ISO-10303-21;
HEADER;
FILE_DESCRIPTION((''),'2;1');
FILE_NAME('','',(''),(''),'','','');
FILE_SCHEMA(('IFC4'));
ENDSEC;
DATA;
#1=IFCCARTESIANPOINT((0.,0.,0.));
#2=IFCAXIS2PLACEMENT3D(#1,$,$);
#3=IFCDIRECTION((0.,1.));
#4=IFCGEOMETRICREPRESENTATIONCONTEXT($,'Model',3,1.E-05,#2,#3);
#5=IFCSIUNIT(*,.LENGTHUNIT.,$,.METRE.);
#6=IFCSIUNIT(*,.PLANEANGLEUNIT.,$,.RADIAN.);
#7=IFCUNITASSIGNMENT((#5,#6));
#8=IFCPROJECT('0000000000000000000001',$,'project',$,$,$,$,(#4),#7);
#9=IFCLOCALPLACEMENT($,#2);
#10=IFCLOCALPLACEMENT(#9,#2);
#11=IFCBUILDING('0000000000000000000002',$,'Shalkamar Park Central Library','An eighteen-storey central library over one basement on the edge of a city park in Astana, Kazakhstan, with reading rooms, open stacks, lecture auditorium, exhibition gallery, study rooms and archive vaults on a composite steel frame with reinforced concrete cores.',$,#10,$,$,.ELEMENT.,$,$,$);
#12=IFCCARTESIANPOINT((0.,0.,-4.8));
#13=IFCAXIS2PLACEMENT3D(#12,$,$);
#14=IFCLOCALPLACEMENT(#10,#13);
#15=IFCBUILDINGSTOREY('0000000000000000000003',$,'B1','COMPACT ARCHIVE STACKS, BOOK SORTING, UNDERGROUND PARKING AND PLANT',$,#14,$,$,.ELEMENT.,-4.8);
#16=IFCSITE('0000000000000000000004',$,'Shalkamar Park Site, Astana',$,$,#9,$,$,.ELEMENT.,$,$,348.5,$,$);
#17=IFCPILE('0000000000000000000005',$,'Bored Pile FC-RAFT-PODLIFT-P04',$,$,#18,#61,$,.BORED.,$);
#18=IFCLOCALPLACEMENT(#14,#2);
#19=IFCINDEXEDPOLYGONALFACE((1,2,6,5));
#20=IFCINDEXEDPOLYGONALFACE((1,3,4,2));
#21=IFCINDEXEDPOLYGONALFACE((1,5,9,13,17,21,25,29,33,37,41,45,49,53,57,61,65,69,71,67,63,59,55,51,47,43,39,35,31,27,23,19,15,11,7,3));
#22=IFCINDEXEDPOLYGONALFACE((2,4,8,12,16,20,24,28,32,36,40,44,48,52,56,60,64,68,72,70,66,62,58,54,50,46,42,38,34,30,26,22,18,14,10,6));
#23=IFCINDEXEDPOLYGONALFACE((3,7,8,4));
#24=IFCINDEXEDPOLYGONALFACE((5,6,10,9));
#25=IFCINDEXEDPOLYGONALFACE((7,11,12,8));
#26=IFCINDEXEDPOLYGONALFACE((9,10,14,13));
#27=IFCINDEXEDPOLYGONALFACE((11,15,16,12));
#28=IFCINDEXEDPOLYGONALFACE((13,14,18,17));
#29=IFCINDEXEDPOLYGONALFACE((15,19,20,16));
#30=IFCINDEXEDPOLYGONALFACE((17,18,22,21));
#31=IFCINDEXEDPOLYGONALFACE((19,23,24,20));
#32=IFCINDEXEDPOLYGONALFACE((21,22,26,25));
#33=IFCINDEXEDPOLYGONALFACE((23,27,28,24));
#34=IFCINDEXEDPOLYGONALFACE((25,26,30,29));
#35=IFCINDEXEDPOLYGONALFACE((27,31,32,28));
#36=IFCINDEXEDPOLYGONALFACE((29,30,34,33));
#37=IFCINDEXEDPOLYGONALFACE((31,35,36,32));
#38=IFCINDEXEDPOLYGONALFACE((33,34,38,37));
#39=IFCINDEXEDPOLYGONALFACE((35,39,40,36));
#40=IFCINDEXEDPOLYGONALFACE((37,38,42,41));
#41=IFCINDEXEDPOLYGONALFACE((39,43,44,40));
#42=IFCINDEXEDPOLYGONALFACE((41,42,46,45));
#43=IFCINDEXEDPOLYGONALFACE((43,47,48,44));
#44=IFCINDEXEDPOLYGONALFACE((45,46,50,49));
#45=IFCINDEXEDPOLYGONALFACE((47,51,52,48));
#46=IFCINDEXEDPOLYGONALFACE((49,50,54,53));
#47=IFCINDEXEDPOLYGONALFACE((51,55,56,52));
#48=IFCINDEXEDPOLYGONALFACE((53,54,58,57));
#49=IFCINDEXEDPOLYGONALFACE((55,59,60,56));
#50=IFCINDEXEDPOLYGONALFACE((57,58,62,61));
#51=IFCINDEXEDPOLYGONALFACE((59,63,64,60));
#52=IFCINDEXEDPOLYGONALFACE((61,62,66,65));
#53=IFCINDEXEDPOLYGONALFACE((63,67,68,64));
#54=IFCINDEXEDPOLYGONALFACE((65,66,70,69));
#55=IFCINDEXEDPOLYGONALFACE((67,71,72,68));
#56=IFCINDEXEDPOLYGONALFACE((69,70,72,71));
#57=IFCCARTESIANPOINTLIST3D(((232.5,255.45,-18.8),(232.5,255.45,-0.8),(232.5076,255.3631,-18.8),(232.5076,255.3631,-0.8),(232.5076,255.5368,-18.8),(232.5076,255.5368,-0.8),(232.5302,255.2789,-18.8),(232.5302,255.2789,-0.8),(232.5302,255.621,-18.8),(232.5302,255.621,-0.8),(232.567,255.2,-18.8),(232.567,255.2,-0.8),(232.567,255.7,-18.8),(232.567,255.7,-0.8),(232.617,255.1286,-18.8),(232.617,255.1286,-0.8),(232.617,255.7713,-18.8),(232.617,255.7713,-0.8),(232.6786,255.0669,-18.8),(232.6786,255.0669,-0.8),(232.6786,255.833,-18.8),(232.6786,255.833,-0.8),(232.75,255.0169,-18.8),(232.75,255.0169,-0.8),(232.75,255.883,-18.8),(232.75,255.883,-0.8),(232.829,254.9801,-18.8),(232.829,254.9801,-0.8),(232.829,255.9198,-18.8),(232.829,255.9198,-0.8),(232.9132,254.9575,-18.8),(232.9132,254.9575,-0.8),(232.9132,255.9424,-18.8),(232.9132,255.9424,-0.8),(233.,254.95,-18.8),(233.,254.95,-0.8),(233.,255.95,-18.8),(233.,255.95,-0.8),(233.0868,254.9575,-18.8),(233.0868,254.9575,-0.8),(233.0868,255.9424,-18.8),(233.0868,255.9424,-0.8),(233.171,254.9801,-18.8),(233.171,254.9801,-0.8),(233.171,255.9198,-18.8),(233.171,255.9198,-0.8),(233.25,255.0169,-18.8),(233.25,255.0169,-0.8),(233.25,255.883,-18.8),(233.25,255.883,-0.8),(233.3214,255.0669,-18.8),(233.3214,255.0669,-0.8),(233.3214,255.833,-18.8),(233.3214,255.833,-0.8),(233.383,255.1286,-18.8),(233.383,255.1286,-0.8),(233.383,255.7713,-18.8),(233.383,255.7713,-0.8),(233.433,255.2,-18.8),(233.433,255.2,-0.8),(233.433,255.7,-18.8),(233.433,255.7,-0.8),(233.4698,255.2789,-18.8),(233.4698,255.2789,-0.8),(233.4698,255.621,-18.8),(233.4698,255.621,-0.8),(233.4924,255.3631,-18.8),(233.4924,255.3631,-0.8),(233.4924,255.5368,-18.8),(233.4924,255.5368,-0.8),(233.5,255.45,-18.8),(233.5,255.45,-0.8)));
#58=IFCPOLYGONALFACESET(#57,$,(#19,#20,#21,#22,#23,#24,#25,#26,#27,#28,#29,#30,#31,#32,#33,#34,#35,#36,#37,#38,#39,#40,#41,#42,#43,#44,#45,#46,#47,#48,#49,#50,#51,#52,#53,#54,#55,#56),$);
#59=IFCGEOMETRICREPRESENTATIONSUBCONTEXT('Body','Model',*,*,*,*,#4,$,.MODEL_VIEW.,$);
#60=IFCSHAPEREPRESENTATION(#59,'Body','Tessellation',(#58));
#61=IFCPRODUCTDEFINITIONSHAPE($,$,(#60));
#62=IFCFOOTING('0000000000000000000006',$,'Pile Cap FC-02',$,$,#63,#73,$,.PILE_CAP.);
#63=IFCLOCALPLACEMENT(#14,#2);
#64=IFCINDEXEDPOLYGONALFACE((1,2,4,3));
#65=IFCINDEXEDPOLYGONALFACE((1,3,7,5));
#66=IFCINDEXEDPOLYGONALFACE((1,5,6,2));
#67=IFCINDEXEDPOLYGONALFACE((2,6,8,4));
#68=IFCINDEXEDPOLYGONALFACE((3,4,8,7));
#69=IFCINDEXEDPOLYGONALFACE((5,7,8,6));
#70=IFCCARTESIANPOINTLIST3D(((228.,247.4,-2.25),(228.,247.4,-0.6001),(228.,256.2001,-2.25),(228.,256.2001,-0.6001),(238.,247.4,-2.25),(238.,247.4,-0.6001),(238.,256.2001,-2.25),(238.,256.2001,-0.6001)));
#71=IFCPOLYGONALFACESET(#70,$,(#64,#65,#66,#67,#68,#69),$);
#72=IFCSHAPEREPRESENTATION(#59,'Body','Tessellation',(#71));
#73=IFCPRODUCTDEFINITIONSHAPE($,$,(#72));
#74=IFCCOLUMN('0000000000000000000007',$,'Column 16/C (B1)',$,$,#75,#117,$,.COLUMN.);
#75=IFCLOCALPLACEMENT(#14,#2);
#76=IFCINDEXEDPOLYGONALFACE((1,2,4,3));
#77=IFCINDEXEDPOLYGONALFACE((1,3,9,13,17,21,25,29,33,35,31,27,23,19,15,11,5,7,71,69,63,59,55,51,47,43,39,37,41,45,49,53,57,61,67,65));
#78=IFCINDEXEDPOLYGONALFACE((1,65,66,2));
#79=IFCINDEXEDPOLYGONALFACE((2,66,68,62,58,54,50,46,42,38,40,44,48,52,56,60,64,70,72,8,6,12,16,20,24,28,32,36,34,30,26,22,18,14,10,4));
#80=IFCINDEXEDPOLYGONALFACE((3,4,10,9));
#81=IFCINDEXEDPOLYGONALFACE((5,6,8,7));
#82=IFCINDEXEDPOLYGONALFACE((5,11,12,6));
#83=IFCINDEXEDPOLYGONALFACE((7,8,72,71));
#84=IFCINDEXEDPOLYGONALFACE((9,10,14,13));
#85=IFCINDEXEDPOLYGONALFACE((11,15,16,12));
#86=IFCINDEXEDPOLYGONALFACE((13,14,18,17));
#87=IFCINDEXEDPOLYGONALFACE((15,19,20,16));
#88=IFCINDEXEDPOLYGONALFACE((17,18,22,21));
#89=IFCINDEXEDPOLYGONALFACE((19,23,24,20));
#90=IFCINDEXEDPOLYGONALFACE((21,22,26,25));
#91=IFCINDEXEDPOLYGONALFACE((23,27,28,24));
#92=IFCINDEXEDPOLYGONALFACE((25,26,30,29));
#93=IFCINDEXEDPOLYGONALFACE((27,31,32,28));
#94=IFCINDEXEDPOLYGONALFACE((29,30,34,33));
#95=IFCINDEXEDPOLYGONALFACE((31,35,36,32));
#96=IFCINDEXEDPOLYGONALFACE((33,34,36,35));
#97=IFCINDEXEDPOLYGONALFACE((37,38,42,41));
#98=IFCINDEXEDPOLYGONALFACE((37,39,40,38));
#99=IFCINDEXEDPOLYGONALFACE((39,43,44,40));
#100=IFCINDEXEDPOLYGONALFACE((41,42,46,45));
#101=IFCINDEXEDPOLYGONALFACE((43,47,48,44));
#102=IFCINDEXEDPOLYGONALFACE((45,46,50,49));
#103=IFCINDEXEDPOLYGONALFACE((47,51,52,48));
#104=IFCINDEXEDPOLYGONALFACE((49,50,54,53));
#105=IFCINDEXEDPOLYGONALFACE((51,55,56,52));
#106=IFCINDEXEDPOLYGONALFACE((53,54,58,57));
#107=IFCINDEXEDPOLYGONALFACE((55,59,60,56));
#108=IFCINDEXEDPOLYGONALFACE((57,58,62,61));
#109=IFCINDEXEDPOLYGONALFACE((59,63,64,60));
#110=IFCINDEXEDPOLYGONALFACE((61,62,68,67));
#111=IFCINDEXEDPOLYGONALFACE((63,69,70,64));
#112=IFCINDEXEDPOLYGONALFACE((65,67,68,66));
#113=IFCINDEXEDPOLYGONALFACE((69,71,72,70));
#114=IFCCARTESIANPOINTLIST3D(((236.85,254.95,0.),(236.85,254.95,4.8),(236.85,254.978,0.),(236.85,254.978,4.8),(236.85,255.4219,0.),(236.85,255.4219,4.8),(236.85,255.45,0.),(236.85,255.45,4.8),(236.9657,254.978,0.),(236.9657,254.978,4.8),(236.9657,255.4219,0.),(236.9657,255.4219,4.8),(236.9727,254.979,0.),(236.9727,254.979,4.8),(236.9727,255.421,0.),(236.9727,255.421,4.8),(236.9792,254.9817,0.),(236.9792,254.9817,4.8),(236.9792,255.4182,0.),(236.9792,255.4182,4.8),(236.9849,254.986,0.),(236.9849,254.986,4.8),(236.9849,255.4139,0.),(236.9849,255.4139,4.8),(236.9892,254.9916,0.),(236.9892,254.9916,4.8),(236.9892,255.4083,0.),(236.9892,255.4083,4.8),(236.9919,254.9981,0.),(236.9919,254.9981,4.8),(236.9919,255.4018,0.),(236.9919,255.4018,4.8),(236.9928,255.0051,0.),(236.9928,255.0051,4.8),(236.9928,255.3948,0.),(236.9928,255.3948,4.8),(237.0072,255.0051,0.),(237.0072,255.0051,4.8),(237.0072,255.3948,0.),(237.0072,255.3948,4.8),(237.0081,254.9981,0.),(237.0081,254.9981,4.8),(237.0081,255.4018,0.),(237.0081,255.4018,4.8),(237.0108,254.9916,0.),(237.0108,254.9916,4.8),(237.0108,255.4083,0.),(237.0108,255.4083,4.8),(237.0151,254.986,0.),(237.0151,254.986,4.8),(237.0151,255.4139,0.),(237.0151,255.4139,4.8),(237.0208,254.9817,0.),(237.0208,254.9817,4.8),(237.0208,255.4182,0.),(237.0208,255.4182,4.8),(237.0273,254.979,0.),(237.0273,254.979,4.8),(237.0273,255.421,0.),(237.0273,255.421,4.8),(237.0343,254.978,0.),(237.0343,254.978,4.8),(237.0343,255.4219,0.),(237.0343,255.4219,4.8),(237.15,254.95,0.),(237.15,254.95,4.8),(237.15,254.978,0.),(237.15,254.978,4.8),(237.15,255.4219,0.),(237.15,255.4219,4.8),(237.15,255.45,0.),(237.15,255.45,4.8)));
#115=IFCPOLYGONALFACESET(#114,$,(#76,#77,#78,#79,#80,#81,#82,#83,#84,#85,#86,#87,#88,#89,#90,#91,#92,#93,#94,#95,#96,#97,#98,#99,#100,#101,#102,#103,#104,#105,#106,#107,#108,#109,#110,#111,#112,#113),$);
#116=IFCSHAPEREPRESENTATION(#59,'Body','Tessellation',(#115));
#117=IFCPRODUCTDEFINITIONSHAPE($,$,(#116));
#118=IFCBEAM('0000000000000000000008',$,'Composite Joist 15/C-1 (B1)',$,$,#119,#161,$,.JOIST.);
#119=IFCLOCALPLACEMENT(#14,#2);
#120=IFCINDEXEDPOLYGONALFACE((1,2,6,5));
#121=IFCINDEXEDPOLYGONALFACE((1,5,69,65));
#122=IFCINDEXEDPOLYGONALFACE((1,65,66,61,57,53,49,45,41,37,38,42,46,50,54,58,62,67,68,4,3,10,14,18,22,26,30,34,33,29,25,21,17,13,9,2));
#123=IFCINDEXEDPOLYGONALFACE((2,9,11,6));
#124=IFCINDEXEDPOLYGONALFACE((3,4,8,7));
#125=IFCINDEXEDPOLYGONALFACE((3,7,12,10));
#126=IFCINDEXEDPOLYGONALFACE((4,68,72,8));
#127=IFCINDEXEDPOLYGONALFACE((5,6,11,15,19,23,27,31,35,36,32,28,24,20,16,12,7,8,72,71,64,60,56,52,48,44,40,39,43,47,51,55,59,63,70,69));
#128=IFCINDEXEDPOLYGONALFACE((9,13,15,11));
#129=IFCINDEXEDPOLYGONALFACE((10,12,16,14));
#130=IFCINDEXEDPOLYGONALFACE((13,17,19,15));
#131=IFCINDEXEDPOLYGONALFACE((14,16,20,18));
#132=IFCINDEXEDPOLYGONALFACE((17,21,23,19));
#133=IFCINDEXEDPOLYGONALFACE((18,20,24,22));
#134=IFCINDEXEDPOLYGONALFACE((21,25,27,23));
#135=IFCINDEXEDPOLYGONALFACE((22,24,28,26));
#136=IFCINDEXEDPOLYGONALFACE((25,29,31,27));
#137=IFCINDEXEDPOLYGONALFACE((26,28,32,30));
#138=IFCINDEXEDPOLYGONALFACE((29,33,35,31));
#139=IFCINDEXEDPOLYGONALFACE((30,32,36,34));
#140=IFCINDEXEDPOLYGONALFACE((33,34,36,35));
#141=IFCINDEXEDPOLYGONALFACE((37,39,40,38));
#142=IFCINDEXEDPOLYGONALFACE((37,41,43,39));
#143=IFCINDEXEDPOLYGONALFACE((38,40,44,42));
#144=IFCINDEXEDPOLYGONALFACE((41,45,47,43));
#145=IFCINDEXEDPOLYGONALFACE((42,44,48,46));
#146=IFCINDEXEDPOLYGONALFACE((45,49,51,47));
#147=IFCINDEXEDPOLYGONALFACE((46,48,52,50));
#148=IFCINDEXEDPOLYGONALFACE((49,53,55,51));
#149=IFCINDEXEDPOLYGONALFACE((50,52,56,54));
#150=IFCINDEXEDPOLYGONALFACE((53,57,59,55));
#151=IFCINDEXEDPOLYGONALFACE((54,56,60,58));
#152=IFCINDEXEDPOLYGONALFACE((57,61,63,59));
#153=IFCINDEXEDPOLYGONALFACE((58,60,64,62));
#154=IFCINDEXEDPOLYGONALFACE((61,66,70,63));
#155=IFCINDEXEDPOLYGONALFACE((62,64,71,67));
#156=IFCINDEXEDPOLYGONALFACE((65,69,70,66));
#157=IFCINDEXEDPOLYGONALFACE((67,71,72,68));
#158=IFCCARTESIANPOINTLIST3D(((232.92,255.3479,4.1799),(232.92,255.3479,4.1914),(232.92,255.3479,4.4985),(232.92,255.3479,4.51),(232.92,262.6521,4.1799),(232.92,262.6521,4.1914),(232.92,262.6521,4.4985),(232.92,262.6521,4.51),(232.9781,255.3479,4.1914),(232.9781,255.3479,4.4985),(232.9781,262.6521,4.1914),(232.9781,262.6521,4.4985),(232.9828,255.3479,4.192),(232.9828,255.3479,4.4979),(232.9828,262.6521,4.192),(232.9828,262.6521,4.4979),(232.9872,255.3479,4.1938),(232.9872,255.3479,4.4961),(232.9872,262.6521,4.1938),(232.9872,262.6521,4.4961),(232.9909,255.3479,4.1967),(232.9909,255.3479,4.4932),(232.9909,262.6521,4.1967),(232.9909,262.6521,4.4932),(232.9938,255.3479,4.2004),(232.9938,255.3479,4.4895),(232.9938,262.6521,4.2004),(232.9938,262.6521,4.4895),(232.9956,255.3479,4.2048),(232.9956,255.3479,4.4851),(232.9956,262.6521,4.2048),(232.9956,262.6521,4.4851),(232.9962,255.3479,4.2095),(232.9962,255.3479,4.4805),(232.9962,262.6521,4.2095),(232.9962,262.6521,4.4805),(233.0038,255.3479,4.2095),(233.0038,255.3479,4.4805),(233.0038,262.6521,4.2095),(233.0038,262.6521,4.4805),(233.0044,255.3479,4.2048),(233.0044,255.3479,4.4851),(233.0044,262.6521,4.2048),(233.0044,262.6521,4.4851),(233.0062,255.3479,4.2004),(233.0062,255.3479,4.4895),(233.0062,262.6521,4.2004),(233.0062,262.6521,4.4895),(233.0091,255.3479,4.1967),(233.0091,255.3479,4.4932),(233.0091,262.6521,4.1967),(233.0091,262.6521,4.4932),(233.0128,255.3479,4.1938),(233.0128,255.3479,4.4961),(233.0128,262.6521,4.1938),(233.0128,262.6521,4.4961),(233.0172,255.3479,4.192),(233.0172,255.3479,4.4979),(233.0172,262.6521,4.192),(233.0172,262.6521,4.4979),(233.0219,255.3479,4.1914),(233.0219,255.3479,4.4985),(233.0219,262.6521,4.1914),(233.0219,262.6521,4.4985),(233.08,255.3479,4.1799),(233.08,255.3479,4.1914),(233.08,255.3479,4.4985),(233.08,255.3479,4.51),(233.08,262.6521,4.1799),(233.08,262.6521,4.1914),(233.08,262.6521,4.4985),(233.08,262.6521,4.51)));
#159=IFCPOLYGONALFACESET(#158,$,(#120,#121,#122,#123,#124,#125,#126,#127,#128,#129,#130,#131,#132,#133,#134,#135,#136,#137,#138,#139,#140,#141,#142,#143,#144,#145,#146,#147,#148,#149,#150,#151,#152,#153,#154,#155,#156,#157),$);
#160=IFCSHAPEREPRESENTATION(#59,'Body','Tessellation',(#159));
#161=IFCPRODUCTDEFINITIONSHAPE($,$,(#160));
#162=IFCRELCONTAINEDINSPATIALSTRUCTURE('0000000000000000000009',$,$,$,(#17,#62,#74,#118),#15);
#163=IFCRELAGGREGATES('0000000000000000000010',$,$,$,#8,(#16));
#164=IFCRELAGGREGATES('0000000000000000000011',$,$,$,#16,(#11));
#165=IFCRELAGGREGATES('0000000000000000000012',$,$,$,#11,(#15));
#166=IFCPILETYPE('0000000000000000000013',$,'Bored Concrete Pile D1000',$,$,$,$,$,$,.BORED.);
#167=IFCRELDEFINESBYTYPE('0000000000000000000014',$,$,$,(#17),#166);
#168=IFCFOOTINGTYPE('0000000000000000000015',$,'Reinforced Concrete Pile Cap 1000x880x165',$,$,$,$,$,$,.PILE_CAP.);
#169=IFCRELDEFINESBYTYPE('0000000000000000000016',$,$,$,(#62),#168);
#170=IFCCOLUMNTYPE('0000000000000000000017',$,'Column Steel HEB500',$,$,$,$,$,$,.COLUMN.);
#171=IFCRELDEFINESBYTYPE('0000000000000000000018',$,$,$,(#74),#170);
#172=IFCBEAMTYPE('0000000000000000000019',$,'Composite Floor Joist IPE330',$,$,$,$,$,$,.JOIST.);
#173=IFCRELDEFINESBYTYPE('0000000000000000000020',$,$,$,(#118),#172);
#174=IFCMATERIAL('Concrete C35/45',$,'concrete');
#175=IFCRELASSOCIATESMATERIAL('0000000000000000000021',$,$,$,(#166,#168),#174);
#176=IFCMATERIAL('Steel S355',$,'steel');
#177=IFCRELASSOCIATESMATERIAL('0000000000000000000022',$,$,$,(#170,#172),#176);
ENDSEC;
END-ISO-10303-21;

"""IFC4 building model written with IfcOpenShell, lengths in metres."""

from ifc_helpers import new_model, si_unit, direction, frame, origin, origin_2d, place, context, subcontext, project, spatial, rectangle, circle, i_section, extrude, material, material_profile, profile_set, type_object, element, save


model = new_model("IFC4")

# Units and contexts
model_context = context("Model", 3, precision=1e-05, world=origin(), true_north=direction((0.0, 1.0)))
body_context = subcontext(model_context, "Body", "Model", "MODEL_VIEW")
ifc_project = project(units=[si_unit("LENGTHUNIT", "METRE"), si_unit("PLANEANGLEUNIT", "RADIAN")], contexts=[model_context])

# Site, building, storey
site_placement = place(None, origin())
site = spatial("IfcSite", under=ifc_project, at=site_placement, Name="Shalkamar Park Site, Astana", CompositionType="ELEMENT", RefElevation=348.5)
building_placement = place(site_placement, origin())
building = spatial("IfcBuilding", under=site, at=building_placement, Name="Shalkamar Park Central Library", Description="An eighteen-storey central library over one basement on the edge of a city park in Astana, Kazakhstan, with reading rooms, open stacks, lecture auditorium, exhibition gallery, study rooms and archive vaults on a composite steel frame with reinforced concrete cores.", CompositionType="ELEMENT")
storey_placement = place(building_placement, frame((0.0, 0.0, -4.8)))
storey = spatial("IfcBuildingStorey", under=building, at=storey_placement, Name="B1", Description="COMPACT ARCHIVE STACKS, BOOK SORTING, UNDERGROUND PARKING AND PLANT", CompositionType="ELEMENT", Elevation=-4.8)

# Pile
ifc_material_1 = material(Name="Concrete C35/45", Category="concrete")
ifc_material_profile_1 = material_profile(ifc_material_1, circle(Radius=0.5, at=origin_2d()), Name="PILE D1000")
ifc_profile_set_1 = profile_set([ifc_material_profile_1], Name="Concrete C35/45")
pile_type = type_object("IfcPileType", Name="Bored Concrete Pile D1000", PredefinedType="BORED", material=ifc_profile_set_1)
pile_placement = place(storey_placement, frame((233.0, 255.45, -0.8), z_axis=(0.0, 0.0, -1.0), x_axis=(1.0, 0.0, 0.0)))
element("IfcPile", 1, at=pile_placement, inside=storey, type_object=pile_type, Name="Bored Pile FC-RAFT-PODLIFT-P04", PredefinedType="BORED", context=body_context, shape_type="SweptSolid", body=[
    extrude(circle(Radius=0.5, at=origin_2d()), origin(), (0.0, 0.0, 1.0), 18.0),
])

# Footing
footing_type = type_object("IfcFootingType", Name="Reinforced Concrete Pile Cap 1000x880x165", PredefinedType="PILE_CAP", material=ifc_material_1)
footing_placement = place(storey_placement, frame((233.0, 251.8, -2.25), z_axis=(0.0, 0.0, 1.0), x_axis=(1.0, 0.0, 0.0)))
element("IfcFooting", 2, at=footing_placement, inside=storey, type_object=footing_type, Name="Pile Cap FC-02", PredefinedType="PILE_CAP", context=body_context, shape_type="SweptSolid", body=[
    extrude(rectangle(XDim=10.0, YDim=8.8, at=origin_2d()), origin(), (0.0, 0.0, 1.0), 1.6499),
])

# Column
ifc_material_2 = material(Name="Steel S355", Category="steel")
ifc_material_profile_2 = material_profile(ifc_material_2, i_section(OverallWidth=0.3, OverallDepth=0.5, WebThickness=0.0144, FlangeThickness=0.0281, FilletRadius=0.0271, at=origin_2d()), Name="HEB 500")
ifc_profile_set_2 = profile_set([ifc_material_profile_2], Name="Steel S355")
column_type = type_object("IfcColumnType", Name="Column Steel HEB500", PredefinedType="COLUMN", material=ifc_profile_set_2)
column_placement = place(storey_placement, frame((237.0, 255.2, 0.0), z_axis=(0.0, 0.0, 1.0), x_axis=(1.0, 0.0, 0.0)))
element("IfcColumn", 3, at=column_placement, inside=storey, type_object=column_type, Name="Column 16/C (B1)", PredefinedType="COLUMN", context=body_context, shape_type="SweptSolid", body=[
    extrude(i_section(OverallWidth=0.3, OverallDepth=0.5, WebThickness=0.0144, FlangeThickness=0.0281, FilletRadius=0.0271, at=origin_2d()), origin(), (0.0, 0.0, 1.0), 4.8),
])

# Beam
ifc_material_profile_3 = material_profile(ifc_material_2, i_section(OverallWidth=0.1599, OverallDepth=0.3301, WebThickness=0.0076, FlangeThickness=0.0115, FilletRadius=0.0181, at=origin_2d()), Name="IPE 330")
ifc_profile_set_3 = profile_set([ifc_material_profile_3], Name="Steel S355")
beam_type_1 = type_object("IfcBeamType", Name="Composite Floor Joist IPE330", PredefinedType="JOIST", material=ifc_profile_set_3)
beam_1_placement = place(storey_placement, frame((233.0, 255.3479, 4.345), z_axis=(0.0, 1.0, 0.0), x_axis=(-1.0, 0.0, 0.0)))
element("IfcBeam", 4, at=beam_1_placement, inside=storey, type_object=beam_type_1, Name="Composite Joist 15/C-1 (B1)", PredefinedType="JOIST", context=body_context, shape_type="SweptSolid", body=[
    extrude(i_section(OverallWidth=0.1599, OverallDepth=0.3301, WebThickness=0.0076, FlangeThickness=0.0115, FilletRadius=0.0181, at=origin_2d()), origin(), (0.0, 0.0, 1.0), 7.3042),
])

save(model, "model.ifc")
